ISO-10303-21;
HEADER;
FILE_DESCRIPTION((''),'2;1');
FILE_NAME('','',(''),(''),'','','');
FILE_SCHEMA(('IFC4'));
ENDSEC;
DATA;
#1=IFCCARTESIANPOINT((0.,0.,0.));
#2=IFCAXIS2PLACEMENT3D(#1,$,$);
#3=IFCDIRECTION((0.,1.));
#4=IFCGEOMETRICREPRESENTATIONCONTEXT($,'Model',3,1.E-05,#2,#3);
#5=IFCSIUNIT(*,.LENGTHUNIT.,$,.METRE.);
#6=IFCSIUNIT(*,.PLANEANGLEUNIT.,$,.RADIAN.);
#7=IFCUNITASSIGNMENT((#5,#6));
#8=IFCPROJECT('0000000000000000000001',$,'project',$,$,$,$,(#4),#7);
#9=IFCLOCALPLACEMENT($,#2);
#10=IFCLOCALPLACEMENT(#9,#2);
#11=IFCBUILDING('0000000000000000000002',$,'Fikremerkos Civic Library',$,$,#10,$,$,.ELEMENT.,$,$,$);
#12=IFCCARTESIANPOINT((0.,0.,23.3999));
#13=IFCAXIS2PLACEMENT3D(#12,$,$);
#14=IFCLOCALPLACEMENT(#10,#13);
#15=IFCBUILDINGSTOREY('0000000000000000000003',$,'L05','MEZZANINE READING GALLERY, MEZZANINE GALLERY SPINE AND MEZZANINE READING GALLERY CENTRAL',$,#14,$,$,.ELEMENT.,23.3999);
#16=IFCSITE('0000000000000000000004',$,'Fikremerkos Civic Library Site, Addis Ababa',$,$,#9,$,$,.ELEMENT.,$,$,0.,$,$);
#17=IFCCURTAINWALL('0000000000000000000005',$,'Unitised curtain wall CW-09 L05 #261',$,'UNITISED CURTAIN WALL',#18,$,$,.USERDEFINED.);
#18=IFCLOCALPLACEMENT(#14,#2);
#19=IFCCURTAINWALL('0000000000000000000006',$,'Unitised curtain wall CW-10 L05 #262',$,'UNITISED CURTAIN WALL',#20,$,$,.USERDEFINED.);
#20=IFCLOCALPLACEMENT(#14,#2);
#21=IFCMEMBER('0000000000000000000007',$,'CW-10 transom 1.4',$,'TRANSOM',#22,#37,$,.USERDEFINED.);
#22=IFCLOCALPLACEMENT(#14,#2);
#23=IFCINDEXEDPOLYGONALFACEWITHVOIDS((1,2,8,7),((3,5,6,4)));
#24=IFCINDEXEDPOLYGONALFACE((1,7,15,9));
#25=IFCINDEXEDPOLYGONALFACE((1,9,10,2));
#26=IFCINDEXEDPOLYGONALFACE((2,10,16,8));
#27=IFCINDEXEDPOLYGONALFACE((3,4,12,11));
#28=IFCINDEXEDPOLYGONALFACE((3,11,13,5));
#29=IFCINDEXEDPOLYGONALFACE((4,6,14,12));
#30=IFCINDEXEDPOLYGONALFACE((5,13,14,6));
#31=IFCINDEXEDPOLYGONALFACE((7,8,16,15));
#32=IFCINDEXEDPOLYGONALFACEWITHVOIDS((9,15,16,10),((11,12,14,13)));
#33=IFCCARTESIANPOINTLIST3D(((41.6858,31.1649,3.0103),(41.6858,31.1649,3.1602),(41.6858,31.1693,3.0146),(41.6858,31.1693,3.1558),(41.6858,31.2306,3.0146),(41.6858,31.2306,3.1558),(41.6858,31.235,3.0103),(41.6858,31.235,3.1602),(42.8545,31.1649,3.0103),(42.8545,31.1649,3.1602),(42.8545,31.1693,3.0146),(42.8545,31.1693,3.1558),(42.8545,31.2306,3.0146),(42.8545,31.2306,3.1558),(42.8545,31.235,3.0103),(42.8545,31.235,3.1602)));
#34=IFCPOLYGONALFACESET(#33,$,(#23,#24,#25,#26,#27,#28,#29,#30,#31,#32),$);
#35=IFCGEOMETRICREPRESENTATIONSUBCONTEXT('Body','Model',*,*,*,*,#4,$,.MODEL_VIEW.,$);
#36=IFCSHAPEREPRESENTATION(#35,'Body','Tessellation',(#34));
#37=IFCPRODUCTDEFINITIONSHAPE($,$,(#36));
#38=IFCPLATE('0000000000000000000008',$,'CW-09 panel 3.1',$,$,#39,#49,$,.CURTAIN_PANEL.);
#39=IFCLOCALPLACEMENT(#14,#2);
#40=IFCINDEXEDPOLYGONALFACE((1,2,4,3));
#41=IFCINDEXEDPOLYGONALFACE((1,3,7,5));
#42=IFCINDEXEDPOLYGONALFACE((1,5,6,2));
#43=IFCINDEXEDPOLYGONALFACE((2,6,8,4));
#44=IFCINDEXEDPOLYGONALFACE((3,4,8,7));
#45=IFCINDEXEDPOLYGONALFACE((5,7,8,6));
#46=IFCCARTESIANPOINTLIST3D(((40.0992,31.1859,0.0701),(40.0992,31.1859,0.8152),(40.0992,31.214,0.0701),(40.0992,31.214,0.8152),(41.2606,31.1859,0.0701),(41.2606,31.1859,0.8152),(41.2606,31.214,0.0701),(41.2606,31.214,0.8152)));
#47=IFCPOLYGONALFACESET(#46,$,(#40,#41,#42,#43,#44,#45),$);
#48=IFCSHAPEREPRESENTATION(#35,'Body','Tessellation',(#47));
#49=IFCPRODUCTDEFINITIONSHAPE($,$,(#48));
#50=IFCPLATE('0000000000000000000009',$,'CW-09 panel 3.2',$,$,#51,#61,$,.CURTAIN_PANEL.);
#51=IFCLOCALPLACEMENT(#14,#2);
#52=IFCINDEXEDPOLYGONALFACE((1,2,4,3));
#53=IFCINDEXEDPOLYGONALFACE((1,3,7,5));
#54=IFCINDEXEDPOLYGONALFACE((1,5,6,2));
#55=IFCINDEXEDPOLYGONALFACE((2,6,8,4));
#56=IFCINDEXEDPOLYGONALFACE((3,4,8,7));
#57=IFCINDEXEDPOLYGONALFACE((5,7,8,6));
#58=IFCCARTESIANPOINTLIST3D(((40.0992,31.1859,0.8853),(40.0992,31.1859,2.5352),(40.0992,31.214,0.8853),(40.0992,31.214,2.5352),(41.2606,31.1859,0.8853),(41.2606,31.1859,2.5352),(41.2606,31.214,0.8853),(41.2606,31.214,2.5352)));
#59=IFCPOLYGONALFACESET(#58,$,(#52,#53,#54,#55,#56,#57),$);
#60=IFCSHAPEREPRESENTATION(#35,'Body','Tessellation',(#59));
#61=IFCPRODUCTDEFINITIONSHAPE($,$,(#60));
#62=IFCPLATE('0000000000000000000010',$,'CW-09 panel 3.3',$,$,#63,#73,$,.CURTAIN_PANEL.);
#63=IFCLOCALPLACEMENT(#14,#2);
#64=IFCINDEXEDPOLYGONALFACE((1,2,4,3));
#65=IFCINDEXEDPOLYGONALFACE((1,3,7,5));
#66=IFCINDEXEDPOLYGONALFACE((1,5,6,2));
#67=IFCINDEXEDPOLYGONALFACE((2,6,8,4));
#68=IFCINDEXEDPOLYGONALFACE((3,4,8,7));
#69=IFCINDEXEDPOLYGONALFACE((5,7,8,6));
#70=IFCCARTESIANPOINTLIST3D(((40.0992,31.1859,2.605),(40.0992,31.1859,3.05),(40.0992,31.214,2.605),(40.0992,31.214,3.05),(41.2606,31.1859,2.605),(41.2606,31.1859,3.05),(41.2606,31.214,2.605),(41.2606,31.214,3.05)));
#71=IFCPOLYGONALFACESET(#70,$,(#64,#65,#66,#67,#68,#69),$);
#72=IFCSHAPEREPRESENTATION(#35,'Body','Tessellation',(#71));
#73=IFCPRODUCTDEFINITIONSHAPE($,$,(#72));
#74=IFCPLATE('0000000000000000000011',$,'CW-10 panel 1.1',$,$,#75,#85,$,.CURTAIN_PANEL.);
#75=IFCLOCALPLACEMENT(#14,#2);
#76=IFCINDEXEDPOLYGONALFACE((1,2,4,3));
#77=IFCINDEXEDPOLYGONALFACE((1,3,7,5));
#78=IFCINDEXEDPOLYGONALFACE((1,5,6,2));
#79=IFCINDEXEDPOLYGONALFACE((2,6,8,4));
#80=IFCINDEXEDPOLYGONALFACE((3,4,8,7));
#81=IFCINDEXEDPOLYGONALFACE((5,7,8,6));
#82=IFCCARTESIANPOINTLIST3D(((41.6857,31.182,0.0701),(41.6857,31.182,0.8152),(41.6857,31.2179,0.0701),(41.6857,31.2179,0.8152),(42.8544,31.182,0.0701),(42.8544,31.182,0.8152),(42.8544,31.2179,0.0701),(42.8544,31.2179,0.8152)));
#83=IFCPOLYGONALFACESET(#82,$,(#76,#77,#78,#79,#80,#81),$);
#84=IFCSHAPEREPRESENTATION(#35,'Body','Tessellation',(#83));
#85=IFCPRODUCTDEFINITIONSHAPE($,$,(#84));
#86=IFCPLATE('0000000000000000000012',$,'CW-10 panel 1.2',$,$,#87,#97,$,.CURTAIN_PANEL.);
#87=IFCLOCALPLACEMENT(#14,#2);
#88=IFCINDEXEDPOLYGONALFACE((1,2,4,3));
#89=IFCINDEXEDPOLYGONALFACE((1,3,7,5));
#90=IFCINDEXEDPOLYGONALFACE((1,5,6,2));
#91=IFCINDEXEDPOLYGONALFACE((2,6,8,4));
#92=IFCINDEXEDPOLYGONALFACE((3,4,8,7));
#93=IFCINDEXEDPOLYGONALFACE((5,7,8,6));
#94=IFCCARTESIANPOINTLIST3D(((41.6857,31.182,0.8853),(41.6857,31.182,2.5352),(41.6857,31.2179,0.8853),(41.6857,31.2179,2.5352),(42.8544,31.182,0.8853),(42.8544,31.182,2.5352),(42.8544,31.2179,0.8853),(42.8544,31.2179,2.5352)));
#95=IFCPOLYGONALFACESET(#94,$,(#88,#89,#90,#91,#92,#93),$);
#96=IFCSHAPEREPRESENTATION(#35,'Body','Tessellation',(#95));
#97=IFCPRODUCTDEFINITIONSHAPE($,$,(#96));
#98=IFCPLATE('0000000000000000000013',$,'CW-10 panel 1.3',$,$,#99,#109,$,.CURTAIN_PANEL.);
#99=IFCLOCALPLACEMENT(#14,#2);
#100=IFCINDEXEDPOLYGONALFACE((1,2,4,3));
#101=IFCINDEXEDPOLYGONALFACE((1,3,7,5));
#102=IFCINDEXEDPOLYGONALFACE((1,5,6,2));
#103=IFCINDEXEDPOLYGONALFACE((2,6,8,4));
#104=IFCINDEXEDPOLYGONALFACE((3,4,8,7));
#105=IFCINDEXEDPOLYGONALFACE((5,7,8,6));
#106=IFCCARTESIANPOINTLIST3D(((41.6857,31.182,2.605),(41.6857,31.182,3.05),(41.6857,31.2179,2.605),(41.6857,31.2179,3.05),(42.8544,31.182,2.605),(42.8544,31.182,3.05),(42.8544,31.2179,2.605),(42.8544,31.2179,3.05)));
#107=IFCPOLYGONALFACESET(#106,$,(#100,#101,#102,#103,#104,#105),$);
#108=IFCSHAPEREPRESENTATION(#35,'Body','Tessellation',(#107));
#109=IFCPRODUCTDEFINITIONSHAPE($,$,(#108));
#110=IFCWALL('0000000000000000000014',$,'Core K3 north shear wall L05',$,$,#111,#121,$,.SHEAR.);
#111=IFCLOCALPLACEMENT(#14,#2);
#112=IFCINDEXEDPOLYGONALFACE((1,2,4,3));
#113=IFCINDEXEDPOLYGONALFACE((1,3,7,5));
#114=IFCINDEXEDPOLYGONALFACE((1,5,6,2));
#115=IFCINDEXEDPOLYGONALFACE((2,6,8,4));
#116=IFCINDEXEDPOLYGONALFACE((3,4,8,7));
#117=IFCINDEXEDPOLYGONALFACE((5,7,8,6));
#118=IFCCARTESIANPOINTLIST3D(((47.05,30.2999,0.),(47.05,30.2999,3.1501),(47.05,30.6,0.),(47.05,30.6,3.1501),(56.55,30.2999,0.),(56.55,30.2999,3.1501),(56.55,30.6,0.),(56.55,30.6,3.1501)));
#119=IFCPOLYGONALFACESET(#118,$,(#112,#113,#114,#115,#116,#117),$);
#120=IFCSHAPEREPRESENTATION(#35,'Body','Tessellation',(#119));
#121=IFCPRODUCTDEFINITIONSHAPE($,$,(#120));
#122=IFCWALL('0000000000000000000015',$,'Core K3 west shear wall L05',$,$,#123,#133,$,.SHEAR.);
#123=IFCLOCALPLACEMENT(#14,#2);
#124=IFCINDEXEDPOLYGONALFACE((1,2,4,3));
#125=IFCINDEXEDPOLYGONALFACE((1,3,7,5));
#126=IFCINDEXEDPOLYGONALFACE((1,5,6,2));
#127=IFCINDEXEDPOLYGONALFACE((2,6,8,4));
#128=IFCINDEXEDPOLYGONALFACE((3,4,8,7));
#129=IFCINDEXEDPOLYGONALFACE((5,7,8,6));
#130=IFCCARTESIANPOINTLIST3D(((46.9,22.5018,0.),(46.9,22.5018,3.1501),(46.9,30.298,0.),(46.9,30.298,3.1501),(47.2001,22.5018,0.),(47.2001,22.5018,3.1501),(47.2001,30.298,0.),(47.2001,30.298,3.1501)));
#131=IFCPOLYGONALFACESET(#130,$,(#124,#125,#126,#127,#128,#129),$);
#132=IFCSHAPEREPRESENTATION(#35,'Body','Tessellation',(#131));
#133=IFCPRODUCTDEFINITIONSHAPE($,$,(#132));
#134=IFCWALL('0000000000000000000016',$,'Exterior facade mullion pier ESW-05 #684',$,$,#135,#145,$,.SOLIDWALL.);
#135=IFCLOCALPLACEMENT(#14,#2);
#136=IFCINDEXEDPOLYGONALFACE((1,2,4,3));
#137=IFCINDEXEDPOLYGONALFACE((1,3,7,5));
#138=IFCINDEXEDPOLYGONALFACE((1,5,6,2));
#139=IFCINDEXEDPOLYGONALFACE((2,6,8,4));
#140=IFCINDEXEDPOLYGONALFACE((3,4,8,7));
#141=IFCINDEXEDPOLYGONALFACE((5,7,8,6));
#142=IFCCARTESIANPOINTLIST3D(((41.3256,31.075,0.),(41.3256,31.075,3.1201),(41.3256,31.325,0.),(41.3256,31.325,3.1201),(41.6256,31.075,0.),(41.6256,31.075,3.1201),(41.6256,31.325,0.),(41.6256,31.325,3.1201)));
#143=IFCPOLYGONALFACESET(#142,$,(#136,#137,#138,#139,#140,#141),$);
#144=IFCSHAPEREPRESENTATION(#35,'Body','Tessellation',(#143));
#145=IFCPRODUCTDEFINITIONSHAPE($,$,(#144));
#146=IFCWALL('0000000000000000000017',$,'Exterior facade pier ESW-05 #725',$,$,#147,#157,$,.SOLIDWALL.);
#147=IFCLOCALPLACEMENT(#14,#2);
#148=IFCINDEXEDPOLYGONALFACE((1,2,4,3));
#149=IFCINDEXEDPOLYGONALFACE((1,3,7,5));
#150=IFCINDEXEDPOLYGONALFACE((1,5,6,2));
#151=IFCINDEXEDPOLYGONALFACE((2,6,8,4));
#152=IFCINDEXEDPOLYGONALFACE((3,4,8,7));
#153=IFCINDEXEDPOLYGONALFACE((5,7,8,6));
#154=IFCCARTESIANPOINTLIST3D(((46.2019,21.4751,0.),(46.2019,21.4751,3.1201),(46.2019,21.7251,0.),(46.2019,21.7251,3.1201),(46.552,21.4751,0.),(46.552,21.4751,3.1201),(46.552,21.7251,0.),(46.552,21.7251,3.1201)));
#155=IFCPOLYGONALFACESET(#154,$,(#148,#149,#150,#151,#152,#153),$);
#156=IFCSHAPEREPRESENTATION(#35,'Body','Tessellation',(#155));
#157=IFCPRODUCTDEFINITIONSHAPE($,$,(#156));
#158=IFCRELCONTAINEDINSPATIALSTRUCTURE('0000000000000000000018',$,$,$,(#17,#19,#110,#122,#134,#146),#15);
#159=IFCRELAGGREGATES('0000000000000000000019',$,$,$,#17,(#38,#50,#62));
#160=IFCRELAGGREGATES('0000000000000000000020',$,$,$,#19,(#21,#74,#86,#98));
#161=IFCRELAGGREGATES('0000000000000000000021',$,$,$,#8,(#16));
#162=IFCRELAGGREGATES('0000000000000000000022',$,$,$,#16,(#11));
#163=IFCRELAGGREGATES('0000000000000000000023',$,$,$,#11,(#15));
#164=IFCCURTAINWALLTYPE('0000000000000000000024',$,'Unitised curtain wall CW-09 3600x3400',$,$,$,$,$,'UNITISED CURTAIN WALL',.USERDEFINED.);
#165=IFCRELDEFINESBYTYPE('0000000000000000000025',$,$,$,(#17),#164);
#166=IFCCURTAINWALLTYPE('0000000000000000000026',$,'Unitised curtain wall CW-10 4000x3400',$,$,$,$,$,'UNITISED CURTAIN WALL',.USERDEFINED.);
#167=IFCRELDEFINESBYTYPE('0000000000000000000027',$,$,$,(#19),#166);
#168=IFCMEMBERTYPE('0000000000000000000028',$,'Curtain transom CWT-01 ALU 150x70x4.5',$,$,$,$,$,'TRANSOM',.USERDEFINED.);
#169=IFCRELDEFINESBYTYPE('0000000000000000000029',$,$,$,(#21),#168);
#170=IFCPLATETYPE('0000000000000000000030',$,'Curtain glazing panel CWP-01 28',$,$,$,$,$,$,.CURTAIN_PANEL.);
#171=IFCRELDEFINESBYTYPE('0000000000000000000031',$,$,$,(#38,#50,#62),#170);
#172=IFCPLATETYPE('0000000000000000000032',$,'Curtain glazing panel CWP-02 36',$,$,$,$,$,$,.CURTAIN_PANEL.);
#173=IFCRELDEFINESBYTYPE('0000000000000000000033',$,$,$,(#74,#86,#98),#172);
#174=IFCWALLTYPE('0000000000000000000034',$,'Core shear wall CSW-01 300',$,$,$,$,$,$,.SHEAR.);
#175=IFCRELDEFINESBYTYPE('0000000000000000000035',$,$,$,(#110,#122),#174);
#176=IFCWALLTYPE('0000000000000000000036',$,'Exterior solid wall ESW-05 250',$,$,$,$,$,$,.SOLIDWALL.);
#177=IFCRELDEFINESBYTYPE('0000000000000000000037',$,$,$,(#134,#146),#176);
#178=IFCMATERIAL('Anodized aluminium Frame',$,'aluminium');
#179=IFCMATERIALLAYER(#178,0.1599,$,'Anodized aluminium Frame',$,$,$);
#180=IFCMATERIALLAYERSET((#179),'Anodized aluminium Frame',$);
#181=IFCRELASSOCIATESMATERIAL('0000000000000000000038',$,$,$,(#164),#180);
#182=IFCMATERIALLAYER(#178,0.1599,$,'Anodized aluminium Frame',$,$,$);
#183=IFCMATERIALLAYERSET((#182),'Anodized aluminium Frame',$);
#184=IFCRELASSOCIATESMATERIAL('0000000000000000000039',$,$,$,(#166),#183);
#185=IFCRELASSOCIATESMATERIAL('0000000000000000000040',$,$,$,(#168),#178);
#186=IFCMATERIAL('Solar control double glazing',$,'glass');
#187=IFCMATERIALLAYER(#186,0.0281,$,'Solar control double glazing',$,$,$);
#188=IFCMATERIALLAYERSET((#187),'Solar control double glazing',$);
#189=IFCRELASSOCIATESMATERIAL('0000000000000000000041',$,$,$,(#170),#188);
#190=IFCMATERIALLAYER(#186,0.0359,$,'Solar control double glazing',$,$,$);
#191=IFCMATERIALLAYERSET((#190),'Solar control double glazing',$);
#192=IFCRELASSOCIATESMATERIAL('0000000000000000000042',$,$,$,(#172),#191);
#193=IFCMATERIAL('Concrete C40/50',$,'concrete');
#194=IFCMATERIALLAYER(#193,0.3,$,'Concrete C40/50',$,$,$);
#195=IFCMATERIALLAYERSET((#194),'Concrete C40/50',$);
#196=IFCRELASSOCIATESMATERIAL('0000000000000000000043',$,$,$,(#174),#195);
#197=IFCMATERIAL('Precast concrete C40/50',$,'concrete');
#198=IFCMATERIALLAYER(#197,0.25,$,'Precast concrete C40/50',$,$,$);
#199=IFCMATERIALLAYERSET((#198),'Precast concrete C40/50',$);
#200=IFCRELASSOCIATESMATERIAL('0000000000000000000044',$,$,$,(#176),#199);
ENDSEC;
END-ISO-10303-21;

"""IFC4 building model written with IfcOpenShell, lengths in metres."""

from ifc_helpers import new_model, si_unit, direction, frame, frame_2d, origin, origin_2d, place, context, subcontext, project, spatial, rectangle, hollow_rectangle, extrude, material, layer, layer_set, material_profile, profile_set, type_object, element, aggregate, save


model = new_model("IFC4")

# Units and contexts
model_context = context("Model", 3, precision=1e-05, world=origin(), true_north=direction((0.0, 1.0)))
body_context = subcontext(model_context, "Body", "Model", "MODEL_VIEW")
ifc_project = project(units=[si_unit("LENGTHUNIT", "METRE"), si_unit("PLANEANGLEUNIT", "RADIAN")], contexts=[model_context])

# Site, building, storey
site_placement = place(None, origin())
site = spatial("IfcSite", under=ifc_project, at=site_placement, Name="Fikremerkos Civic Library Site, Addis Ababa", CompositionType="ELEMENT", RefElevation=0.0)
building_placement = place(site_placement, origin())
building = spatial("IfcBuilding", under=site, at=building_placement, Name="Fikremerkos Civic Library", CompositionType="ELEMENT")
storey_placement = place(building_placement, frame((0.0, 0.0, 23.3999)))
storey = spatial("IfcBuildingStorey", under=building, at=storey_placement, Name="L05", Description="MEZZANINE READING GALLERY, MEZZANINE GALLERY SPINE AND MEZZANINE READING GALLERY CENTRAL", CompositionType="ELEMENT", Elevation=23.3999)

# Curtain wall
ifc_material_1 = material(Name="Anodized aluminium Frame", Category="aluminium")
ifc_layer_1 = layer(ifc_material_1, 0.1599, Name="Anodized aluminium Frame")
ifc_layer_set_1 = layer_set([ifc_layer_1], Name="Anodized aluminium Frame")
curtain_wall_type_1 = type_object("IfcCurtainWallType", Name="Unitised curtain wall CW-09 3600x3400", ElementType="UNITISED CURTAIN WALL", PredefinedType="USERDEFINED", material=ifc_layer_set_1)
curtain_wall_1_placement = place(storey_placement, origin())
curtain_wall_1 = element("IfcCurtainWall", 1, at=curtain_wall_1_placement, inside=storey, type_object=curtain_wall_type_1, Name="Unitised curtain wall CW-09 L05 #261", ObjectType="UNITISED CURTAIN WALL", PredefinedType="USERDEFINED")

# Curtain wall
ifc_layer_2 = layer(ifc_material_1, 0.1599, Name="Anodized aluminium Frame")
ifc_layer_set_2 = layer_set([ifc_layer_2], Name="Anodized aluminium Frame")
curtain_wall_type_2 = type_object("IfcCurtainWallType", Name="Unitised curtain wall CW-10 4000x3400", ElementType="UNITISED CURTAIN WALL", PredefinedType="USERDEFINED", material=ifc_layer_set_2)
curtain_wall_2_placement = place(storey_placement, origin())
curtain_wall_2 = element("IfcCurtainWall", 2, at=curtain_wall_2_placement, inside=storey, type_object=curtain_wall_type_2, Name="Unitised curtain wall CW-10 L05 #262", ObjectType="UNITISED CURTAIN WALL", PredefinedType="USERDEFINED")

# Member
ifc_material_profile_1 = material_profile(ifc_material_1, hollow_rectangle(XDim=0.0701, YDim=0.1499, WallThickness=0.0044, at=origin_2d()), Name="ALU 150x70x4.5")
ifc_profile_set_1 = profile_set([ifc_material_profile_1], Name="Anodized aluminium Frame")
member_type_1 = type_object("IfcMemberType", Name="Curtain transom CWT-01 ALU 150x70x4.5", ElementType="TRANSOM", PredefinedType="USERDEFINED", material=ifc_profile_set_1)
member_1_placement = place(storey_placement, frame((41.6858, 31.2, 3.0852), z_axis=(1.0, 0.0, 0.0), x_axis=(0.0, 1.0, 0.0)))
member_1 = element("IfcMember", 3, at=member_1_placement, type_object=member_type_1, Name="CW-10 transom 1.4", ObjectType="TRANSOM", PredefinedType="USERDEFINED", context=body_context, shape_type="SweptSolid", body=[
    extrude(hollow_rectangle(XDim=0.0701, YDim=0.1499, WallThickness=0.0044, at=origin_2d()), origin(), (0.0, 0.0, 1.0), 1.1687),
])

# Plates
ifc_material_2 = material(Name="Solar control double glazing", Category="glass")
ifc_layer_3 = layer(ifc_material_2, 0.0281, Name="Solar control double glazing")
ifc_layer_set_3 = layer_set([ifc_layer_3], Name="Solar control double glazing")
plate_type_1 = type_object("IfcPlateType", Name="Curtain glazing panel CWP-01 28", PredefinedType="CURTAIN_PANEL", material=ifc_layer_set_3)
plate_1_placement = place(storey_placement, frame((40.6799, 31.2, 0.0701), z_axis=(0.0, 0.0, 1.0), x_axis=(1.0, 0.0, 0.0)))
plate_1 = element("IfcPlate", 4, at=plate_1_placement, type_object=plate_type_1, Name="CW-09 panel 3.1", PredefinedType="CURTAIN_PANEL", context=body_context, shape_type="SweptSolid", body=[
    extrude(rectangle(XDim=1.1614, YDim=0.0281, at=origin_2d()), origin(), (0.0, 0.0, 1.0), 0.7451),
])
plate_2_placement = place(storey_placement, frame((40.6799, 31.2, 0.8853), z_axis=(0.0, 0.0, 1.0), x_axis=(1.0, 0.0, 0.0)))
plate_2 = element("IfcPlate", 5, at=plate_2_placement, type_object=plate_type_1, Name="CW-09 panel 3.2", PredefinedType="CURTAIN_PANEL", context=body_context, shape_type="SweptSolid", body=[
    extrude(rectangle(XDim=1.1614, YDim=0.0281, at=origin_2d()), origin(), (0.0, 0.0, 1.0), 1.6499),
])
plate_3_placement = place(storey_placement, frame((40.6799, 31.2, 2.605), z_axis=(0.0, 0.0, 1.0), x_axis=(1.0, 0.0, 0.0)))
plate_3 = element("IfcPlate", 6, at=plate_3_placement, type_object=plate_type_1, Name="CW-09 panel 3.3", PredefinedType="CURTAIN_PANEL", context=body_context, shape_type="SweptSolid", body=[
    extrude(rectangle(XDim=1.1614, YDim=0.0281, at=origin_2d()), origin(), (0.0, 0.0, 1.0), 0.4451),
])
aggregate(curtain_wall_1, [plate_1, plate_2, plate_3])
ifc_layer_4 = layer(ifc_material_2, 0.0359, Name="Solar control double glazing")
ifc_layer_set_4 = layer_set([ifc_layer_4], Name="Solar control double glazing")
plate_type_2 = type_object("IfcPlateType", Name="Curtain glazing panel CWP-02 36", PredefinedType="CURTAIN_PANEL", material=ifc_layer_set_4)
plate_4_placement = place(storey_placement, frame((42.27, 31.2, 0.0701), z_axis=(0.0, 0.0, 1.0), x_axis=(1.0, 0.0, 0.0)))
plate_4 = element("IfcPlate", 7, at=plate_4_placement, type_object=plate_type_2, Name="CW-10 panel 1.1", PredefinedType="CURTAIN_PANEL", context=body_context, shape_type="SweptSolid", body=[
    extrude(rectangle(XDim=1.1687, YDim=0.0359, at=origin_2d()), origin(), (0.0, 0.0, 1.0), 0.7451),
])
plate_5_placement = place(storey_placement, frame((42.27, 31.2, 0.8853), z_axis=(0.0, 0.0, 1.0), x_axis=(1.0, 0.0, 0.0)))
plate_5 = element("IfcPlate", 8, at=plate_5_placement, type_object=plate_type_2, Name="CW-10 panel 1.2", PredefinedType="CURTAIN_PANEL", context=body_context, shape_type="SweptSolid", body=[
    extrude(rectangle(XDim=1.1687, YDim=0.0359, at=origin_2d()), origin(), (0.0, 0.0, 1.0), 1.6499),
])
plate_6_placement = place(storey_placement, frame((42.27, 31.2, 2.605), z_axis=(0.0, 0.0, 1.0), x_axis=(1.0, 0.0, 0.0)))
plate_6 = element("IfcPlate", 9, at=plate_6_placement, type_object=plate_type_2, Name="CW-10 panel 1.3", PredefinedType="CURTAIN_PANEL", context=body_context, shape_type="SweptSolid", body=[
    extrude(rectangle(XDim=1.1687, YDim=0.0359, at=origin_2d()), origin(), (0.0, 0.0, 1.0), 0.4451),
])
aggregate(curtain_wall_2, [member_1, plate_4, plate_5, plate_6])

# Walls
ifc_material_3 = material(Name="Concrete C40/50", Category="concrete")
ifc_layer_5 = layer(ifc_material_3, 0.3, Name="Concrete C40/50")
ifc_layer_set_5 = layer_set([ifc_layer_5], Name="Concrete C40/50")
wall_type_1 = type_object("IfcWallType", Name="Core shear wall CSW-01 300", PredefinedType="SHEAR", material=ifc_layer_set_5)
wall_1_placement = place(storey_placement, frame((47.05, 30.45, 0.0), z_axis=(0.0, 0.0, 1.0), x_axis=(1.0, 0.0, 0.0)))
element("IfcWall", 10, at=wall_1_placement, inside=storey, type_object=wall_type_1, Name="Core K3 north shear wall L05", PredefinedType="SHEAR", context=body_context, shape_type="SweptSolid", body=[
    extrude(rectangle(XDim=9.5, YDim=0.3, at=frame_2d((4.75, 0.0))), origin(), (0.0, 0.0, 1.0), 3.1501),
])
wall_2_placement = place(storey_placement, frame((47.05, 22.502, 0.0), z_axis=(0.0, 0.0, 1.0), x_axis=(0.0, 1.0, 0.0)))
element("IfcWall", 11, at=wall_2_placement, inside=storey, type_object=wall_type_1, Name="Core K3 west shear wall L05", PredefinedType="SHEAR", context=body_context, shape_type="SweptSolid", body=[
    extrude(rectangle(XDim=7.7961, YDim=0.3, at=frame_2d((3.8979, 0.0))), origin(), (0.0, 0.0, 1.0), 3.1501),
])
ifc_material_4 = material(Name="Precast concrete C40/50", Category="concrete")
ifc_layer_6 = layer(ifc_material_4, 0.25, Name="Precast concrete C40/50")
ifc_layer_set_6 = layer_set([ifc_layer_6], Name="Precast concrete C40/50")
wall_type_2 = type_object("IfcWallType", Name="Exterior solid wall ESW-05 250", PredefinedType="SOLIDWALL", material=ifc_layer_set_6)
wall_3_placement = place(storey_placement, frame((41.3257, 31.2, 0.0), z_axis=(0.0, 0.0, 1.0), x_axis=(1.0, 0.0, 0.0)))
element("IfcWall", 12, at=wall_3_placement, inside=storey, type_object=wall_type_2, Name="Exterior facade mullion pier ESW-05 #684", PredefinedType="SOLIDWALL", context=body_context, shape_type="SweptSolid", body=[
    extrude(rectangle(XDim=0.3, YDim=0.25, at=frame_2d((0.1499, 0.0))), origin(), (0.0, 0.0, 1.0), 3.1201),
])
wall_4_placement = place(storey_placement, frame((46.552, 21.6001, 0.0), z_axis=(0.0, 0.0, 1.0), x_axis=(-1.0, 0.0, 0.0)))
element("IfcWall", 13, at=wall_4_placement, inside=storey, type_object=wall_type_2, Name="Exterior facade pier ESW-05 #725", PredefinedType="SOLIDWALL", context=body_context, shape_type="SweptSolid", body=[
    extrude(rectangle(XDim=0.3501, YDim=0.25, at=frame_2d((0.175, 0.0))), origin(), (0.0, 0.0, 1.0), 3.1201),
])

save(model, "model.ifc")
